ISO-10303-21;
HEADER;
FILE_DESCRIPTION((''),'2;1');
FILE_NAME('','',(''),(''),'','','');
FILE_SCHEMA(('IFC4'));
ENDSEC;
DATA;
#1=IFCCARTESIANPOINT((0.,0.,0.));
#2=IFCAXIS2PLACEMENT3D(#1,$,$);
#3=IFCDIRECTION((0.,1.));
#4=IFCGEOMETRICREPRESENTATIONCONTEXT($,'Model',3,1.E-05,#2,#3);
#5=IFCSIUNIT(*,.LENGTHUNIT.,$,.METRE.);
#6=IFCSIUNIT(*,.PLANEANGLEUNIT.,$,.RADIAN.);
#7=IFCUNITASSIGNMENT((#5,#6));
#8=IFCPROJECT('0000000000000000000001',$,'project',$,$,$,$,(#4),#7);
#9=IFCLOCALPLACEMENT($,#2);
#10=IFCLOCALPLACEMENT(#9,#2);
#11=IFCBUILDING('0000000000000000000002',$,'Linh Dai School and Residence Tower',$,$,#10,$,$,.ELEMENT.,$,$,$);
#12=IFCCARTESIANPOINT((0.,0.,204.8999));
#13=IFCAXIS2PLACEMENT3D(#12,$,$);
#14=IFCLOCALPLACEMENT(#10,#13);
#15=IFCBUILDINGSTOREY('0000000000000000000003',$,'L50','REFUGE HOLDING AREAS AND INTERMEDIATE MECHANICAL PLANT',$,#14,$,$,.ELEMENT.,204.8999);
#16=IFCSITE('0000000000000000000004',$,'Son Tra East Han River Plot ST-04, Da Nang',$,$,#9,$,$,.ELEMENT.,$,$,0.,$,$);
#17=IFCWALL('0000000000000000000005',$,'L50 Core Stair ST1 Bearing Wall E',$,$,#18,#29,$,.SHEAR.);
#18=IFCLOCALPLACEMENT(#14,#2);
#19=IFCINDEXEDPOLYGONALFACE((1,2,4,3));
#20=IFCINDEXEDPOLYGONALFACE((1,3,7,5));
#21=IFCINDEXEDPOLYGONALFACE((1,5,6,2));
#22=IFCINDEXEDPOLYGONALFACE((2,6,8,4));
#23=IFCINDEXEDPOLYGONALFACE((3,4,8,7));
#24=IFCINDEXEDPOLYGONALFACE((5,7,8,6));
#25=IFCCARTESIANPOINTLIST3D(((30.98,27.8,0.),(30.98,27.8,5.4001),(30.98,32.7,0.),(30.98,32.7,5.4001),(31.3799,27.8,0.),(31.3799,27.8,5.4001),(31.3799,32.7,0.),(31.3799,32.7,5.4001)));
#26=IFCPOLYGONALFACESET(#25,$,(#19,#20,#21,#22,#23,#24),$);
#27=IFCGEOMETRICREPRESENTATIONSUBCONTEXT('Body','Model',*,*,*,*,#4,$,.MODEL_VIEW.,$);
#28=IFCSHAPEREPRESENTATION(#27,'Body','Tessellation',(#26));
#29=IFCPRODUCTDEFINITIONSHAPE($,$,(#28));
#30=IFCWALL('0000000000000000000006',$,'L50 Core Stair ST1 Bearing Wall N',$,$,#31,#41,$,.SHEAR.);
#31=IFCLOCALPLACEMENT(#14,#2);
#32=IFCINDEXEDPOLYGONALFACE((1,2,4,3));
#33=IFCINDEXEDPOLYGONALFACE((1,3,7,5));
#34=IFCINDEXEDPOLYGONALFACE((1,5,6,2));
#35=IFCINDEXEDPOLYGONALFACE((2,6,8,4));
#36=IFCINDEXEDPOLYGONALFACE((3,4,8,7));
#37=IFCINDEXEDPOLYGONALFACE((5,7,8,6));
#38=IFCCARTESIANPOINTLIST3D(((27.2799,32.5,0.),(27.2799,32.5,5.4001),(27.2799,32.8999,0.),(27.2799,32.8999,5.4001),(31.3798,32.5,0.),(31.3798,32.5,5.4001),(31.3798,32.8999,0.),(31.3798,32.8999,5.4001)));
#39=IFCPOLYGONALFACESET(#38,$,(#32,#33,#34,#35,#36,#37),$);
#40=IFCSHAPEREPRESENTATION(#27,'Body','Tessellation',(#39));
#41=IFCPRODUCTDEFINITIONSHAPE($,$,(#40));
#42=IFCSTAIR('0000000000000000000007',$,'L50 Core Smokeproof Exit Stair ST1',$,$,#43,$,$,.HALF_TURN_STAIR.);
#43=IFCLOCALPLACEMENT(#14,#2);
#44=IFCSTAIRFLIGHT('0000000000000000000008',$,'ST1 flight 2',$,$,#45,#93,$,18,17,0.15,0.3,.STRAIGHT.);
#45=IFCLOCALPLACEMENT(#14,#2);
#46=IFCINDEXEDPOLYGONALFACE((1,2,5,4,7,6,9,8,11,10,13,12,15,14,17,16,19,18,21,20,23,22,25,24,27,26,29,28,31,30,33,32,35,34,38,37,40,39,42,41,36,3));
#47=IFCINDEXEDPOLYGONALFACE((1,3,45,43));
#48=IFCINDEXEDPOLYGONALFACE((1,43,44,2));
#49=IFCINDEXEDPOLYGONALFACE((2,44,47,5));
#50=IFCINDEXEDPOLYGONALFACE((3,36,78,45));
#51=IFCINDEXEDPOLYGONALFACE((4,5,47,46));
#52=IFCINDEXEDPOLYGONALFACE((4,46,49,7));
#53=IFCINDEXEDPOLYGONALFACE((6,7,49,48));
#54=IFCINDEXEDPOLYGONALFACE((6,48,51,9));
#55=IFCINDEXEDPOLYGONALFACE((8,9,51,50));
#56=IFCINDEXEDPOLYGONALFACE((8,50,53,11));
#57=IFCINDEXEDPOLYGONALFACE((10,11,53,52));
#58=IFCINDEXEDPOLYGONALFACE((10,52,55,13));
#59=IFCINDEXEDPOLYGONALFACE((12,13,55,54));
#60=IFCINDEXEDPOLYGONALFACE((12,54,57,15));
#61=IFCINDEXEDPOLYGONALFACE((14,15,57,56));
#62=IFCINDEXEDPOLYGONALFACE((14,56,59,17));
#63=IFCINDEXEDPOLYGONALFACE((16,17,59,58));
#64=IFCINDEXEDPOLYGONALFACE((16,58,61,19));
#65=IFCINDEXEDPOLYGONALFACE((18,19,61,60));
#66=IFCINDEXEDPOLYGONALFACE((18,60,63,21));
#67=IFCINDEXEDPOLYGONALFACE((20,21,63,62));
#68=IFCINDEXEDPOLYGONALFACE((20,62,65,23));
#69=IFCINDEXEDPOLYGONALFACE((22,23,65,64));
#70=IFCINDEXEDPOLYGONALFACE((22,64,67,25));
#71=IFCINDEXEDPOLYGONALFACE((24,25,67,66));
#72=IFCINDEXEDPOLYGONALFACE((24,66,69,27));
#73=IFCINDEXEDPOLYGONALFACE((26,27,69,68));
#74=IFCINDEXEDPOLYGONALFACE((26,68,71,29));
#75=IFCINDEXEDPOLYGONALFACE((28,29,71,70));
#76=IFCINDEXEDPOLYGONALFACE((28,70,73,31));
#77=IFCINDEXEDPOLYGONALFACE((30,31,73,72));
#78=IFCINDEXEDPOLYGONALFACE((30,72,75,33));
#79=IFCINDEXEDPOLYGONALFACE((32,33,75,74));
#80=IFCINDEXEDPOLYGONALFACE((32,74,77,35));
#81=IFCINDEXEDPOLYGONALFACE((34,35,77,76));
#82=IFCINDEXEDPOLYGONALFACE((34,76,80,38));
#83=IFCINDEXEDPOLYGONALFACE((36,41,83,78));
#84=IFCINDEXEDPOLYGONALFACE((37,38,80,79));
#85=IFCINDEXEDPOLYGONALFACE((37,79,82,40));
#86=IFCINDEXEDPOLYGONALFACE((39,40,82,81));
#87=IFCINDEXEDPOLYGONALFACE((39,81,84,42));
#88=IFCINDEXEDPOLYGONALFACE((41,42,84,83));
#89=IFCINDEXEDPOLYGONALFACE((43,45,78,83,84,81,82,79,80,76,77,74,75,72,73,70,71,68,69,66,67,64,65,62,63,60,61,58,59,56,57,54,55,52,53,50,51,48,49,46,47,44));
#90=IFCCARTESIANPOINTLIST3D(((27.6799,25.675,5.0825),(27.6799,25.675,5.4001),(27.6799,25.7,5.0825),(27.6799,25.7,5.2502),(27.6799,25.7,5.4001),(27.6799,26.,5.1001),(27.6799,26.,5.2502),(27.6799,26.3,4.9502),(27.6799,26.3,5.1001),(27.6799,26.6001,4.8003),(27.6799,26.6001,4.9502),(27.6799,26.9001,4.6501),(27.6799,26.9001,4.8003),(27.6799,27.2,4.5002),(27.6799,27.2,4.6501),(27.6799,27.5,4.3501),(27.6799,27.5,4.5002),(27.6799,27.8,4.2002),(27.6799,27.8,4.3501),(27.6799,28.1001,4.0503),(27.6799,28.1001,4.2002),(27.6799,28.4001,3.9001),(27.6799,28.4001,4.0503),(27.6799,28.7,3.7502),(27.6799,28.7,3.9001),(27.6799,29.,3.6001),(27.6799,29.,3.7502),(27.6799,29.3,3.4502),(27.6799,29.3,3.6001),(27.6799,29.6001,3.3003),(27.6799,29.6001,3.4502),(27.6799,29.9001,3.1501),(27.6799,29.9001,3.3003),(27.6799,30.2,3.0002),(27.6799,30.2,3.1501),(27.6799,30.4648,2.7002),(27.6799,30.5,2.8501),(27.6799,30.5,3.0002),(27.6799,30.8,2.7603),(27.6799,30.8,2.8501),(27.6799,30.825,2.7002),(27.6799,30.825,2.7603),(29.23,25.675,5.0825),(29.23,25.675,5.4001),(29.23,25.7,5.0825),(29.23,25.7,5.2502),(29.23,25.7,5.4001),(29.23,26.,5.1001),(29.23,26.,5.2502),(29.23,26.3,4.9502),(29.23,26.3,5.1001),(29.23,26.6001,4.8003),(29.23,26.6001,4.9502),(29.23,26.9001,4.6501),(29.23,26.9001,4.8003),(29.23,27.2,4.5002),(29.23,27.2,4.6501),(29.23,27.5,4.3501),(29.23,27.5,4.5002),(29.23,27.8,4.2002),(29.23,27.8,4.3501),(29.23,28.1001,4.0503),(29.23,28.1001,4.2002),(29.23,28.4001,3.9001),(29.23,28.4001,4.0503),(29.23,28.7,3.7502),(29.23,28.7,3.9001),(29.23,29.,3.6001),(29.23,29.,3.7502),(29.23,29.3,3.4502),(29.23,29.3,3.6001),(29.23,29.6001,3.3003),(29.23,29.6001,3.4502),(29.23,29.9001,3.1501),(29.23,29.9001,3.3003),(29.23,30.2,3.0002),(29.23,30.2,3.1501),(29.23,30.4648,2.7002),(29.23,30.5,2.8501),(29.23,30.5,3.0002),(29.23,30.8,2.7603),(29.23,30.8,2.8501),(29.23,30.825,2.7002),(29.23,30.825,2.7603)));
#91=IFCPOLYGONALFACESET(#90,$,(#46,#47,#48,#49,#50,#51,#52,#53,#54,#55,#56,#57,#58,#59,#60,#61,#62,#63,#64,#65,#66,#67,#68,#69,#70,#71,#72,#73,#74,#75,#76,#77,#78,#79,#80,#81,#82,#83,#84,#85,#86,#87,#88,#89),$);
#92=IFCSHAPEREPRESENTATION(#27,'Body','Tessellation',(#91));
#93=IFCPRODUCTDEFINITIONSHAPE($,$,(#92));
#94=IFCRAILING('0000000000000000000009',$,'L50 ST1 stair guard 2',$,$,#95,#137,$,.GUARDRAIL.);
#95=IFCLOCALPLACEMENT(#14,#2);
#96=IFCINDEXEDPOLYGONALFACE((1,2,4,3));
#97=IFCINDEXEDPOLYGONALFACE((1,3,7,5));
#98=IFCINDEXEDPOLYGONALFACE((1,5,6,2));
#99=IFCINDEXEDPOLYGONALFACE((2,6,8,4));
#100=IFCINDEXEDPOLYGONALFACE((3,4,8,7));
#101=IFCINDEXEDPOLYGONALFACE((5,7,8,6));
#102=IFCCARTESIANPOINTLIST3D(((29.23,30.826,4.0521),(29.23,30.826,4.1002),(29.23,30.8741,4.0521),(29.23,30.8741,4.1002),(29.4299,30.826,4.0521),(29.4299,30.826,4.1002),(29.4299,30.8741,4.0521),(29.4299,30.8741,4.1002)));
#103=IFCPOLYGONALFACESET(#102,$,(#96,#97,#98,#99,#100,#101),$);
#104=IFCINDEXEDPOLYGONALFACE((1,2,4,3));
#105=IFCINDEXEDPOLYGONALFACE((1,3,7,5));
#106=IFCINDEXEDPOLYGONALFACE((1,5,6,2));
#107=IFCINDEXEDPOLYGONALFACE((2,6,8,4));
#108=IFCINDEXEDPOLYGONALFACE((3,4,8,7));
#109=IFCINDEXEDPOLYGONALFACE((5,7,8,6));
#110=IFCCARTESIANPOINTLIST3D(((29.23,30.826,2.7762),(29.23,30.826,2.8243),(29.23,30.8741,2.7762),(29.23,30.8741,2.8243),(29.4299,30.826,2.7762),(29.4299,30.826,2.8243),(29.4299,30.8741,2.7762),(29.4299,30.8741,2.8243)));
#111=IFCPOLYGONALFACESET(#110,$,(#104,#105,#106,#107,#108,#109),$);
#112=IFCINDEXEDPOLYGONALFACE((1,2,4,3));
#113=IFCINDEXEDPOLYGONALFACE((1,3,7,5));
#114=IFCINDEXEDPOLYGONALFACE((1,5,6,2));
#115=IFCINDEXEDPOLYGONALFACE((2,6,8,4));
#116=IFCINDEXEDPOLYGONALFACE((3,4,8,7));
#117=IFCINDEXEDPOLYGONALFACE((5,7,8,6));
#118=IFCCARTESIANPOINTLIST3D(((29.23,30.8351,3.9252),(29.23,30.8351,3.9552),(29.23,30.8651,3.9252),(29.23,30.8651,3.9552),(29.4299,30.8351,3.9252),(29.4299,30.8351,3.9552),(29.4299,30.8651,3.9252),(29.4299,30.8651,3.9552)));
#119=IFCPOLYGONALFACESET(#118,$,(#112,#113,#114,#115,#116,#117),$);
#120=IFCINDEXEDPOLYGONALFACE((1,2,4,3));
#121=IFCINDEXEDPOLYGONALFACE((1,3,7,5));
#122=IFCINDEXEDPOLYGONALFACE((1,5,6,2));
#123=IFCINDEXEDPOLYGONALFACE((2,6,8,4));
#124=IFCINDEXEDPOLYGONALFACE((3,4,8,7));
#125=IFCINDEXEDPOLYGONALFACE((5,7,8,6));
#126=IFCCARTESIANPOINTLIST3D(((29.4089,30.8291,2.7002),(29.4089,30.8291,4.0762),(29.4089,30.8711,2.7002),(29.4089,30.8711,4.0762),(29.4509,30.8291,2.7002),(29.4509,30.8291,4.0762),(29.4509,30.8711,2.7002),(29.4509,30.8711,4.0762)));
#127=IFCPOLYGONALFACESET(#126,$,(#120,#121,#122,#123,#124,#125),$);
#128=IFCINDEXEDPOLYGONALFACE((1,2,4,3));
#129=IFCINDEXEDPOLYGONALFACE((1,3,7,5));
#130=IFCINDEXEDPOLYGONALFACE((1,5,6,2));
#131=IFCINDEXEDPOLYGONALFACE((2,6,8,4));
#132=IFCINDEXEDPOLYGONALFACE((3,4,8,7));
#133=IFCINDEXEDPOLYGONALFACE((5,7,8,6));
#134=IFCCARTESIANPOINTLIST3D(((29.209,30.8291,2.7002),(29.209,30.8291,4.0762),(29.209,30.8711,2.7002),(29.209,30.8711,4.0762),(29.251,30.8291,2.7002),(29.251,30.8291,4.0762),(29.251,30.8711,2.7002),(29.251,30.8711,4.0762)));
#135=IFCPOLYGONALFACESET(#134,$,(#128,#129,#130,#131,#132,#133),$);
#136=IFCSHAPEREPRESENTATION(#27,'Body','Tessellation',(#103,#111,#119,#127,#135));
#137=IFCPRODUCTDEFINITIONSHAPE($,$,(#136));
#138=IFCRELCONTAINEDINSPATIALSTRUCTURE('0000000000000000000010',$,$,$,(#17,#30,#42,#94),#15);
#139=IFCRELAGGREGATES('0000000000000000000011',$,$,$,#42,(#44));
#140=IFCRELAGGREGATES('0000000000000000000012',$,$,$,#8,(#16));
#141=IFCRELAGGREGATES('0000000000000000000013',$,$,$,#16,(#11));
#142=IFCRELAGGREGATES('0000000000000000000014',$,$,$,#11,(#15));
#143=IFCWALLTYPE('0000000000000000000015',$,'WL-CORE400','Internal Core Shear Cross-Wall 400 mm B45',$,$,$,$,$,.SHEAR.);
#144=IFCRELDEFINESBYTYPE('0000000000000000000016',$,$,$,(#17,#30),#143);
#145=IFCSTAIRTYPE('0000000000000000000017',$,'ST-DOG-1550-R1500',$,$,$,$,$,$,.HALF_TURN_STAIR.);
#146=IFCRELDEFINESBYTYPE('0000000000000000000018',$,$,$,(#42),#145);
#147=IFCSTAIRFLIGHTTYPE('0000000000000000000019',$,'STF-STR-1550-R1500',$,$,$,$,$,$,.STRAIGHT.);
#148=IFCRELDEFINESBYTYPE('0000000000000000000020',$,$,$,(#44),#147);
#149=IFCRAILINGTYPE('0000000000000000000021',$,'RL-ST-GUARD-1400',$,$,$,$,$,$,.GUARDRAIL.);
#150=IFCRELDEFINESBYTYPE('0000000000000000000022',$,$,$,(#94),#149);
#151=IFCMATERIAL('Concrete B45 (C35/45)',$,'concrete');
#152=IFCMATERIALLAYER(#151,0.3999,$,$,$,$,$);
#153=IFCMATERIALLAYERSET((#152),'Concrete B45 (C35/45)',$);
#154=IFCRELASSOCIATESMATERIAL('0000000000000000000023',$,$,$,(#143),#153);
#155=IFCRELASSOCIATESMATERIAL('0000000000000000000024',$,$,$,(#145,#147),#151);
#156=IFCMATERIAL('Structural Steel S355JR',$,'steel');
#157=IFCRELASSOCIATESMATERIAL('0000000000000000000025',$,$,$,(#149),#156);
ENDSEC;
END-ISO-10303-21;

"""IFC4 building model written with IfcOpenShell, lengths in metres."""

from ifc_helpers import new_model, si_unit, direction, frame, frame_2d, origin, origin_2d, place, context, subcontext, project, spatial, polyline, rectangle, outline, extrude, source, transform, mapped, material, layer, layer_set, type_object, element, aggregate, save


model = new_model("IFC4")

# Units and contexts
model_context = context("Model", 3, precision=1e-05, world=origin(), true_north=direction((0.0, 1.0)))
body_context = subcontext(model_context, "Body", "Model", "MODEL_VIEW")
ifc_project = project(units=[si_unit("LENGTHUNIT", "METRE"), si_unit("PLANEANGLEUNIT", "RADIAN")], contexts=[model_context])

# Site, building, storey
site_placement = place(None, origin())
site = spatial("IfcSite", under=ifc_project, at=site_placement, Name="Son Tra East Han River Plot ST-04, Da Nang", CompositionType="ELEMENT", RefElevation=0.0)
building_placement = place(site_placement, origin())
building = spatial("IfcBuilding", under=site, at=building_placement, Name="Linh Dai School and Residence Tower", CompositionType="ELEMENT")
storey_placement = place(building_placement, frame((0.0, 0.0, 204.8999)))
storey = spatial("IfcBuildingStorey", under=building, at=storey_placement, Name="L50", Description="REFUGE HOLDING AREAS AND INTERMEDIATE MECHANICAL PLANT", CompositionType="ELEMENT", Elevation=204.8999)

# Shared definitions
ifc_material_1 = material(Name="Structural Steel S355JR", Category="steel")

# Shared definitions
ifc_material_2 = material(Name="Concrete B45 (C35/45)", Category="concrete")

# Walls
ifc_layer_1 = layer(ifc_material_2, 0.3999)
ifc_layer_set_1 = layer_set([ifc_layer_1], Name="Concrete B45 (C35/45)")
wall_type_1 = type_object("IfcWallType", Name="WL-CORE400", Description="Internal Core Shear Cross-Wall 400 mm B45", PredefinedType="SHEAR", material=ifc_layer_set_1)
wall_1_placement = place(storey_placement, frame((31.1799, 27.8, 0.0), z_axis=(0.0, 0.0, 1.0), x_axis=(0.0, 1.0, 0.0)))
element("IfcWall", 1, at=wall_1_placement, inside=storey, type_object=wall_type_1, Name="L50 Core Stair ST1 Bearing Wall E", PredefinedType="SHEAR", context=body_context, shape_type="SweptSolid", body=[
    extrude(rectangle(XDim=4.8999, YDim=0.3999, at=frame_2d((2.45, 0.0))), origin(), (0.0, 0.0, 1.0), 5.4001),
])
wall_2_placement = place(storey_placement, frame((27.28, 32.7, 0.0), z_axis=(0.0, 0.0, 1.0), x_axis=(1.0, 0.0, 0.0)))
element("IfcWall", 2, at=wall_2_placement, inside=storey, type_object=wall_type_1, Name="L50 Core Stair ST1 Bearing Wall N", PredefinedType="SHEAR", context=body_context, shape_type="SweptSolid", body=[
    extrude(rectangle(XDim=4.0999, YDim=0.3999, at=frame_2d((2.0498, 0.0))), origin(), (0.0, 0.0, 1.0), 5.4001),
])

# Stair, stair flight
stair_type = type_object("IfcStairType", Name="ST-DOG-1550-R1500", PredefinedType="HALF_TURN_STAIR", material=ifc_material_2)
stair_placement = place(storey_placement, origin())
stair = element("IfcStair", 3, at=stair_placement, inside=storey, type_object=stair_type, Name="L50 Core Smokeproof Exit Stair ST1", PredefinedType="HALF_TURN_STAIR")
stair_flight_type = type_object("IfcStairFlightType", Name="STF-STR-1550-R1500", PredefinedType="STRAIGHT", material=ifc_material_2)
shared_shape_1 = source(origin(), body_context, "Body", "SweptSolid", [
    extrude(outline(polyline([(-0.0249, 0.0), (-0.0249, 0.0601), (0.0, 0.0601), (0.0, 0.1499), (0.3, 0.1499), (0.3, 0.3), (0.6001, 0.3), (0.6001, 0.45), (0.8999, 0.45), (0.8999, 0.6001), (1.2, 0.6001), (1.2, 0.75), (1.5, 0.75), (1.5, 0.8999), (1.8, 0.8999), (1.8, 1.05), (2.1001, 1.05), (2.1001, 1.2), (2.3999, 1.2), (2.3999, 1.3501), (2.7, 1.3501), (2.7, 1.5), (3.0, 1.5), (3.0, 1.6499), (3.3, 1.6499), (3.3, 1.8), (3.6001, 1.8), (3.6001, 1.95), (3.8999, 1.95), (3.8999, 2.1001), (4.2, 2.1001), (4.2, 2.25), (4.5, 2.25), (4.5, 2.3999), (4.8, 2.3999), (4.8, 2.55), (5.1001, 2.55), (5.1001, 2.7), (5.125, 2.7), (5.125, 2.3823), (5.1001, 2.3823), (0.3352, 0.0), (-0.0249, 0.0)])), frame((0.0, 0.7749, 0.0), z_axis=(0.0, -1.0, 0.0), x_axis=(1.0, 0.0, 0.0)), (0.0, 0.0, 1.0), 1.55),
])
stair_flight_placement = place(storey_placement, frame((28.4551, 30.8, 2.7002), z_axis=(0.0, 0.0, 1.0), x_axis=(0.0, -1.0, 0.0)))
stair_flight = element("IfcStairFlight", 4, at=stair_flight_placement, type_object=stair_flight_type, Name="ST1 flight 2", NumberOfRisers=18, NumberOfTreads=17, PredefinedType="STRAIGHT", RiserHeight=0.15, TreadLength=0.3, context=body_context, shape_type="MappedRepresentation", body=[
    mapped(shared_shape_1, transform((0.0, 0.0, 0.0), x_axis=(1.0, 0.0, 0.0), y_axis=(0.0, 1.0, 0.0), z_axis=(0.0, 0.0, 1.0), scale=1.0)),
])
aggregate(stair, [stair_flight])

# Railing
railing_type_1 = type_object("IfcRailingType", Name="RL-ST-GUARD-1400", PredefinedType="GUARDRAIL", material=ifc_material_1)
shared_shape_2 = source(origin(), body_context, "Body", "SweptSolid", [
    extrude(rectangle(XDim=0.0481, YDim=0.0481, at=origin_2d()), frame((0.0, 0.0, 1.376), z_axis=(-1.0, 0.0, 0.0), x_axis=(0.0, -1.0, 0.0)), (0.0, 0.0, 1.0), 0.2),
    extrude(rectangle(XDim=0.0481, YDim=0.0481, at=origin_2d()), frame((0.0, 0.0, 0.1001), z_axis=(-1.0, 0.0, 0.0), x_axis=(0.0, -1.0, 0.0)), (0.0, 0.0, 1.0), 0.2),
    extrude(rectangle(XDim=0.03, YDim=0.03, at=origin_2d()), frame((0.0, 0.0, 1.24), z_axis=(-1.0, 0.0, 0.0), x_axis=(0.0, -1.0, 0.0)), (0.0, 0.0, 1.0), 0.2),
    extrude(rectangle(XDim=0.042, YDim=0.042, at=origin_2d()), origin(), (0.0, 0.0, 1.0), 1.376),
    extrude(rectangle(XDim=0.042, YDim=0.042, at=origin_2d()), frame((-0.2, 0.0, 0.0)), (0.0, 0.0, 1.0), 1.376),
])
railing_1_placement = place(storey_placement, frame((29.4299, 30.8501, 2.7002)))
element("IfcRailing", 5, at=railing_1_placement, inside=storey, type_object=railing_type_1, Name="L50 ST1 stair guard 2", PredefinedType="GUARDRAIL", context=body_context, shape_type="MappedRepresentation", body=[
    mapped(shared_shape_2, transform((0.0, 0.0, 0.0), x_axis=(1.0, 0.0, 0.0), y_axis=(0.0, 1.0, 0.0), z_axis=(0.0, 0.0, 1.0), scale=1.0)),
])

save(model, "model.ifc")
